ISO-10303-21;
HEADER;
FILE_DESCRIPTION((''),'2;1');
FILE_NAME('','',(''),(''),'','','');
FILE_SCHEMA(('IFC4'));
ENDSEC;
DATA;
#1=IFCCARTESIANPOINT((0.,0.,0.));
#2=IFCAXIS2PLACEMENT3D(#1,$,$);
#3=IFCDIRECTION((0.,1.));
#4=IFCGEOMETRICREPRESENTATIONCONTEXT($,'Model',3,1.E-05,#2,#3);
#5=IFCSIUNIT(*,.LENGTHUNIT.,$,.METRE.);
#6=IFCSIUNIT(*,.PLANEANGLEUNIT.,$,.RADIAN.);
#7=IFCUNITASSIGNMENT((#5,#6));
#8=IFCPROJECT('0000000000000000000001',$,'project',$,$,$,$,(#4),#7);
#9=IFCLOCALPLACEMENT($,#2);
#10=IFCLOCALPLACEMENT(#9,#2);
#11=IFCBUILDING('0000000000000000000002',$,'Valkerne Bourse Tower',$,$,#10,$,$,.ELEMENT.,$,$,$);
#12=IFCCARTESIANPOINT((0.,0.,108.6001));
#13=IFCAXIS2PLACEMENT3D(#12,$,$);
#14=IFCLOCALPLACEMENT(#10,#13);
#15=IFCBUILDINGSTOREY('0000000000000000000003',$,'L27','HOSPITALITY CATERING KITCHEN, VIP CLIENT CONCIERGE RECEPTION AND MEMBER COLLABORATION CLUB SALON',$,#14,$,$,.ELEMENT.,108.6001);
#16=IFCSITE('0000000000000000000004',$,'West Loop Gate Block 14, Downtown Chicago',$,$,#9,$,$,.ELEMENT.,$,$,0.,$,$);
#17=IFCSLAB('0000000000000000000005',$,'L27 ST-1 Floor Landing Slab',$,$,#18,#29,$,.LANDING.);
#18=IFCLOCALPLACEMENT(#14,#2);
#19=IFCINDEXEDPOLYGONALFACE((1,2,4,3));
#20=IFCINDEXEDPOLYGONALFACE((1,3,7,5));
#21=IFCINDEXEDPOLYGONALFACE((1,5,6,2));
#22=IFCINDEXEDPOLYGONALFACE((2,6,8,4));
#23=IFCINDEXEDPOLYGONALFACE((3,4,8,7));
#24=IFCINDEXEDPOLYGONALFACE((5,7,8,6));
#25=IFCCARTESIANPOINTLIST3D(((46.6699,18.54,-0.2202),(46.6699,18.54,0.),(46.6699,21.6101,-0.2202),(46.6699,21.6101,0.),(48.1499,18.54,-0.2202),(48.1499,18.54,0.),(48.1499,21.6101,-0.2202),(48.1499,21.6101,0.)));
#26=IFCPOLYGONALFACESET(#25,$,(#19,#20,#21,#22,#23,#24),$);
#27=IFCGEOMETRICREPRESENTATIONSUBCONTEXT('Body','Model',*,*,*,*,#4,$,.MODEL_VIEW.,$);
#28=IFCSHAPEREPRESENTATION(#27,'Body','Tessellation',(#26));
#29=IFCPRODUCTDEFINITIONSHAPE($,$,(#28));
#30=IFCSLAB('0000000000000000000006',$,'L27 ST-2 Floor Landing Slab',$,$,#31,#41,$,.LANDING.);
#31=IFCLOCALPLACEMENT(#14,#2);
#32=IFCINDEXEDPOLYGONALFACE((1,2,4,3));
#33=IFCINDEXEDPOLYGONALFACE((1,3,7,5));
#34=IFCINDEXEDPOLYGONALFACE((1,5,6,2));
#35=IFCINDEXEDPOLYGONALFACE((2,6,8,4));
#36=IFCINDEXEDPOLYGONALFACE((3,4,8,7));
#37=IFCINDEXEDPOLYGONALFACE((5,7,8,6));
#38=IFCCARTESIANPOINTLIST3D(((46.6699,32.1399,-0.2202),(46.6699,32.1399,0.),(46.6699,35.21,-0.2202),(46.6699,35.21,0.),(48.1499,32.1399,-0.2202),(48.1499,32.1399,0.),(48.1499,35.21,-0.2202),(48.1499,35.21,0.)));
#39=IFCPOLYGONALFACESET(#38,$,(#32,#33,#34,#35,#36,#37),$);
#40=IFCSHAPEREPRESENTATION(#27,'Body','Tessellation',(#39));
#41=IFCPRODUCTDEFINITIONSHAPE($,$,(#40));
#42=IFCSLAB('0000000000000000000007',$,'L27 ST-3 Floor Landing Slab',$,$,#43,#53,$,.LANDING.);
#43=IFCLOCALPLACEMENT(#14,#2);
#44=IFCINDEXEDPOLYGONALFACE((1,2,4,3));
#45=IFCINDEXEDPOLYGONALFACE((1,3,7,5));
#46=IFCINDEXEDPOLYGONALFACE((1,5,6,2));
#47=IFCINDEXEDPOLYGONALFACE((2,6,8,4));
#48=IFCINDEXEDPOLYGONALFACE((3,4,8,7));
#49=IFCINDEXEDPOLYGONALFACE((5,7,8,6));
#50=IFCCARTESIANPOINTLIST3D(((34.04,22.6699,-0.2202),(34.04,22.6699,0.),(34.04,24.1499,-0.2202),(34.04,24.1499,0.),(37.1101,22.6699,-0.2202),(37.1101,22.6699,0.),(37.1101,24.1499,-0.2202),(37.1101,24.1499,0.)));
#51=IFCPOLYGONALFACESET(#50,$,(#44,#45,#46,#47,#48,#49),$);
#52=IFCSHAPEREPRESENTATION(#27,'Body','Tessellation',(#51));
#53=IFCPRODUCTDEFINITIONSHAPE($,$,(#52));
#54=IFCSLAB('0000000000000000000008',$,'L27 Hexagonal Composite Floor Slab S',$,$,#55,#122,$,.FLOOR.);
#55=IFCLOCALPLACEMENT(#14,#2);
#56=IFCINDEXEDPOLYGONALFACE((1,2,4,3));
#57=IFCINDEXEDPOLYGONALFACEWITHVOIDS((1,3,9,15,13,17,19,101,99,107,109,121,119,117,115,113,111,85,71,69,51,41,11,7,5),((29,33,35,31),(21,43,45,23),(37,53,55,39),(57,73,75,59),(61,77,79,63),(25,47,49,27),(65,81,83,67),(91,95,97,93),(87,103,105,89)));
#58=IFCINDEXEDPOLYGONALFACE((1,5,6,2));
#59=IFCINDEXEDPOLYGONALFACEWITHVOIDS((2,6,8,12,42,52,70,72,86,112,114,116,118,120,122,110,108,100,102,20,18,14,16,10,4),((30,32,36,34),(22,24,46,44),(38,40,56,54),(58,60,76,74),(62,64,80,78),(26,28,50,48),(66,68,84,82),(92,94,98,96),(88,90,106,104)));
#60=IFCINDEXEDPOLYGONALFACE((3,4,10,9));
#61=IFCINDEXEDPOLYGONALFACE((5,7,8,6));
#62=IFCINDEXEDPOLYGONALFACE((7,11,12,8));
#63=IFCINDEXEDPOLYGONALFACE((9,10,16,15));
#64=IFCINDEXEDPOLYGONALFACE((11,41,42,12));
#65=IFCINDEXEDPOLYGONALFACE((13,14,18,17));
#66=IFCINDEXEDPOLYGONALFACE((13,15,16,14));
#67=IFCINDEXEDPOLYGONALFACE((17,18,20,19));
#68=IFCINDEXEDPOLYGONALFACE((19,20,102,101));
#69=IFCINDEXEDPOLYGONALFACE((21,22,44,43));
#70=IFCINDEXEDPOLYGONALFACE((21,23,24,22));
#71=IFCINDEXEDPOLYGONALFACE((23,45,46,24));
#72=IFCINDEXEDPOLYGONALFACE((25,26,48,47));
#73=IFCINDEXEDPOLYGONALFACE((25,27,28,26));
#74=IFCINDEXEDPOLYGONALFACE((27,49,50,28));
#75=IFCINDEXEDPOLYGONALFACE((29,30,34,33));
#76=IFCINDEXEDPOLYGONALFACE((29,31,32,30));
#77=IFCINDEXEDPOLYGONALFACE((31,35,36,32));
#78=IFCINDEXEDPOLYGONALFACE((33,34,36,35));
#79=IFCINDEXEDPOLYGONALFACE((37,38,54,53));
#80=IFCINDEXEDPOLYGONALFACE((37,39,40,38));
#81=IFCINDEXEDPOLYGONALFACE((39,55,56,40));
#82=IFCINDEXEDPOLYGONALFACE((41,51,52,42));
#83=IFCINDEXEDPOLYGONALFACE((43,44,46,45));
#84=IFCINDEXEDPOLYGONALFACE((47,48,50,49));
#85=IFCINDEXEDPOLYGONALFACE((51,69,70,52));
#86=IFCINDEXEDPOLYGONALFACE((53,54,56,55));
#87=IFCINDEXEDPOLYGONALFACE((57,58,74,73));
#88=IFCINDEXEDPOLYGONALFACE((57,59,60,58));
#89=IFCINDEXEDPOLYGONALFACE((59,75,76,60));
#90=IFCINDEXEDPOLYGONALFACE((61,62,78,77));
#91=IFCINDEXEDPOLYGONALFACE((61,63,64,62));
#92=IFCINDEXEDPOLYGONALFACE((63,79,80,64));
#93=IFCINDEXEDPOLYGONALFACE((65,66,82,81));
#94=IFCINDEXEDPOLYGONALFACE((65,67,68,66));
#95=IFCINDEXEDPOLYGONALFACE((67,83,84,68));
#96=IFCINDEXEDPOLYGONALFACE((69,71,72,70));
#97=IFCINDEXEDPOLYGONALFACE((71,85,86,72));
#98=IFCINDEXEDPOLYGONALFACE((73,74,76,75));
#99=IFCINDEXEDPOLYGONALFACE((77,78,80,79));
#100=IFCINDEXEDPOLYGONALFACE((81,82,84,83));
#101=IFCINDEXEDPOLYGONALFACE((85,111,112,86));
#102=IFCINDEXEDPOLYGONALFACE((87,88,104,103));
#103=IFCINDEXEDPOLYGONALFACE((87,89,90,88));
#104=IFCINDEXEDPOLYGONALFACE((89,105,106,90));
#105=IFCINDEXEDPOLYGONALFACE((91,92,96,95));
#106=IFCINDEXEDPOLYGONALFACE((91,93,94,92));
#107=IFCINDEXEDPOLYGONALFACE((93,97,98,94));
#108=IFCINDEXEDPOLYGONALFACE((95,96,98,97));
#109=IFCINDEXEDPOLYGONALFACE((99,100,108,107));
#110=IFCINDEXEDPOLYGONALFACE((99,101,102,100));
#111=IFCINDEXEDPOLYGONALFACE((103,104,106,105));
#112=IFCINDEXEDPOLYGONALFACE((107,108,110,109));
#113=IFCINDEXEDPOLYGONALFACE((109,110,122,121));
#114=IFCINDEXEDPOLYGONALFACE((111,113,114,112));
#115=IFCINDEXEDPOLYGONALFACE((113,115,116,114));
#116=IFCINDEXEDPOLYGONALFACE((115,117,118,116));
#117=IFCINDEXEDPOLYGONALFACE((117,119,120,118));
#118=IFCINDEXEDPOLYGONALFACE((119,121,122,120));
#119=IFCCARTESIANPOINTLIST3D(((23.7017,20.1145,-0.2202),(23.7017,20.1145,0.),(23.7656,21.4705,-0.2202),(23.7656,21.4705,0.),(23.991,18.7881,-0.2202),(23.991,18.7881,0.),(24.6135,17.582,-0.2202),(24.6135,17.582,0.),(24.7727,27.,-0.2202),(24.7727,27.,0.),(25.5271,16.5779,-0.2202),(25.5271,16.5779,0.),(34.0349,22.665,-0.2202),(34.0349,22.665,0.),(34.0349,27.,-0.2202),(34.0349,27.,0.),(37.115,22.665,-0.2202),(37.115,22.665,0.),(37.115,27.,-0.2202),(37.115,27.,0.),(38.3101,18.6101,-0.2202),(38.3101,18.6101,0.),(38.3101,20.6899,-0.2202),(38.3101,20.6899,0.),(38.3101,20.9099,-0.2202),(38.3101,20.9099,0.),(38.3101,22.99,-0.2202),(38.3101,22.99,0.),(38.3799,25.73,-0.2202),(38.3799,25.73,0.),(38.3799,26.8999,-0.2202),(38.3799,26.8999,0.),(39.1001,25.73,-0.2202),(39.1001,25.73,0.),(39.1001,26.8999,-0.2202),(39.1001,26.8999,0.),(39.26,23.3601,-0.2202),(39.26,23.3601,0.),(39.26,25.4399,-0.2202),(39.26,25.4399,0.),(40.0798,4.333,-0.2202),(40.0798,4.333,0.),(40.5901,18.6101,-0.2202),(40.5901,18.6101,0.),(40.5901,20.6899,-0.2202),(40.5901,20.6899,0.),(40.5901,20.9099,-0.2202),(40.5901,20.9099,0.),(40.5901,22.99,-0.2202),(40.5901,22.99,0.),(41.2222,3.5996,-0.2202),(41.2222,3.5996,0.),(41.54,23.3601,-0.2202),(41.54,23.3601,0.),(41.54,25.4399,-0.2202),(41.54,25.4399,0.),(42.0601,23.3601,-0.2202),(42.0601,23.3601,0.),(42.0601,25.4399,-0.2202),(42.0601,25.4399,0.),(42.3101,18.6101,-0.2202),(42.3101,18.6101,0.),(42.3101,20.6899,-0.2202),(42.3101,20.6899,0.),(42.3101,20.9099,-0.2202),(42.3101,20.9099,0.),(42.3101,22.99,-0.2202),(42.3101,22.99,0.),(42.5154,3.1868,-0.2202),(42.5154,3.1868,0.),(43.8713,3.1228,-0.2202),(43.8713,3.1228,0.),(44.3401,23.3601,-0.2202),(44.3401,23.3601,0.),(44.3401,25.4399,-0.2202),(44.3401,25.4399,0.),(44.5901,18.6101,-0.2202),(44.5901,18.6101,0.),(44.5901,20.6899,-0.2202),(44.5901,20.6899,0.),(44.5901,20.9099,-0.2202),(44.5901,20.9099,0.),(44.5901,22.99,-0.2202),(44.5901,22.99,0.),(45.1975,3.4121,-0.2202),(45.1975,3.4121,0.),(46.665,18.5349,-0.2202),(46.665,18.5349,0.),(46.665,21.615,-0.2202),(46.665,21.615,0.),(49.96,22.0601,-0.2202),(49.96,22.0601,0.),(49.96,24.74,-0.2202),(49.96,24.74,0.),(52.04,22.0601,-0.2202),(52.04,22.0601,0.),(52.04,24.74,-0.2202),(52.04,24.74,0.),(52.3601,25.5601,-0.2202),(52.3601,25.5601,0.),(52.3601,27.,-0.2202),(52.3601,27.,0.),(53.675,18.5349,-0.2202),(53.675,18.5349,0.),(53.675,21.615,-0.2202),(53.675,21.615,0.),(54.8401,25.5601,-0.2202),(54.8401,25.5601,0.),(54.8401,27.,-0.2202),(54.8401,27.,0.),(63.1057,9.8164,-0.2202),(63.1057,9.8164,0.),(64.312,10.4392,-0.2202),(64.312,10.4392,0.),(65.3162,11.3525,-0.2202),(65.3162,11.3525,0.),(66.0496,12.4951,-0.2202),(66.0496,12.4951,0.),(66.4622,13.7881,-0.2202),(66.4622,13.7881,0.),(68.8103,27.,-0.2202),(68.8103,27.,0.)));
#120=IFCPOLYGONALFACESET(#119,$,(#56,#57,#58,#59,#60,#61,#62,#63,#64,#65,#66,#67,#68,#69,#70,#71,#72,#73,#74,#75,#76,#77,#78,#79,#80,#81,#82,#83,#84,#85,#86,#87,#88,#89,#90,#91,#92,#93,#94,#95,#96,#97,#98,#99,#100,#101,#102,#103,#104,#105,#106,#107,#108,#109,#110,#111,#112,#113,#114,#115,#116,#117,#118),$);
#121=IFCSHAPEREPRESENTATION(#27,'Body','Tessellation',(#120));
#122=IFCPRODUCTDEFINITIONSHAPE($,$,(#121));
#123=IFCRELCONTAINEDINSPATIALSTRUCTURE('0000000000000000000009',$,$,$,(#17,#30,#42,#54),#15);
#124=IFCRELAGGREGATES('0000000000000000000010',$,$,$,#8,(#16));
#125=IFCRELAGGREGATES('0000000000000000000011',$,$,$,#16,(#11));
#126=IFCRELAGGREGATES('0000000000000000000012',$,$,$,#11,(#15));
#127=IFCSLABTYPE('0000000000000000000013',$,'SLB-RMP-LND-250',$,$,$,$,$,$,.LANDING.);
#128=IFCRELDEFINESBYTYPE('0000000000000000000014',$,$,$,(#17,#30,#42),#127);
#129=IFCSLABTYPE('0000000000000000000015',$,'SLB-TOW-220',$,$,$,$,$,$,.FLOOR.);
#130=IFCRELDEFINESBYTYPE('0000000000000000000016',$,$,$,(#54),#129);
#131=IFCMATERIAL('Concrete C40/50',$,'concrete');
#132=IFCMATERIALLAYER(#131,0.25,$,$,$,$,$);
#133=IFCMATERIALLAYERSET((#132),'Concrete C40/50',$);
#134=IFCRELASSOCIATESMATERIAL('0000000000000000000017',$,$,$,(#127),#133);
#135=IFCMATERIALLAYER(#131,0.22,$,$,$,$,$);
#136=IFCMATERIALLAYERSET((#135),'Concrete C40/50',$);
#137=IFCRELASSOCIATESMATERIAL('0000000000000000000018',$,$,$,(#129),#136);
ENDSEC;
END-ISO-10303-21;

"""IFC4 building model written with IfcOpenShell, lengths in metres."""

from ifc_helpers import new_model, si_unit, direction, frame, origin, place, context, subcontext, project, spatial, polyline, outline, extrude, material, layer, layer_set, type_object, element, save


model = new_model("IFC4")

# Units and contexts
model_context = context("Model", 3, precision=1e-05, world=origin(), true_north=direction((0.0, 1.0)))
body_context = subcontext(model_context, "Body", "Model", "MODEL_VIEW")
ifc_project = project(units=[si_unit("LENGTHUNIT", "METRE"), si_unit("PLANEANGLEUNIT", "RADIAN")], contexts=[model_context])

# Site, building, storey
site_placement = place(None, origin())
site = spatial("IfcSite", under=ifc_project, at=site_placement, Name="West Loop Gate Block 14, Downtown Chicago", CompositionType="ELEMENT", RefElevation=0.0)
building_placement = place(site_placement, origin())
building = spatial("IfcBuilding", under=site, at=building_placement, Name="Valkerne Bourse Tower", CompositionType="ELEMENT")
storey_placement = place(building_placement, frame((0.0, 0.0, 108.6001)))
storey = spatial("IfcBuildingStorey", under=building, at=storey_placement, Name="L27", Description="HOSPITALITY CATERING KITCHEN, VIP CLIENT CONCIERGE RECEPTION AND MEMBER COLLABORATION CLUB SALON", CompositionType="ELEMENT", Elevation=108.6001)

# Slabs
ifc_material_1 = material(Name="Concrete C40/50", Category="concrete")
ifc_layer_1 = layer(ifc_material_1, 0.25)
ifc_layer_set_1 = layer_set([ifc_layer_1], Name="Concrete C40/50")
slab_type_1 = type_object("IfcSlabType", Name="SLB-RMP-LND-250", PredefinedType="LANDING", material=ifc_layer_set_1)
slab_1_placement = place(storey_placement, frame((0.0, 0.0, -0.2202)))
element("IfcSlab", 1, at=slab_1_placement, inside=storey, type_object=slab_type_1, Name="L27 ST-1 Floor Landing Slab", PredefinedType="LANDING", context=body_context, shape_type="SweptSolid", body=[
    extrude(outline(polyline([(46.6699, 18.54), (48.1499, 18.54), (48.1499, 21.6101), (46.6699, 21.6101), (46.6699, 18.54)])), origin(), (0.0, 0.0, 1.0), 0.2202),
])
slab_2_placement = place(storey_placement, frame((0.0, 0.0, -0.2202)))
element("IfcSlab", 2, at=slab_2_placement, inside=storey, type_object=slab_type_1, Name="L27 ST-2 Floor Landing Slab", PredefinedType="LANDING", context=body_context, shape_type="SweptSolid", body=[
    extrude(outline(polyline([(46.6699, 32.1399), (48.1499, 32.1399), (48.1499, 35.21), (46.6699, 35.21), (46.6699, 32.1399)])), origin(), (0.0, 0.0, 1.0), 0.2202),
])
slab_3_placement = place(storey_placement, frame((0.0, 0.0, -0.2202)))
element("IfcSlab", 3, at=slab_3_placement, inside=storey, type_object=slab_type_1, Name="L27 ST-3 Floor Landing Slab", PredefinedType="LANDING", context=body_context, shape_type="SweptSolid", body=[
    extrude(outline(polyline([(37.1101, 22.6699), (37.1101, 24.1499), (34.04, 24.1499), (34.04, 22.6699), (37.1101, 22.6699)])), origin(), (0.0, 0.0, 1.0), 0.2202),
])
ifc_layer_2 = layer(ifc_material_1, 0.22)
ifc_layer_set_2 = layer_set([ifc_layer_2], Name="Concrete C40/50")
slab_type_2 = type_object("IfcSlabType", Name="SLB-TOW-220", PredefinedType="FLOOR", material=ifc_layer_set_2)
slab_4_placement = place(storey_placement, frame((0.0, 0.0, -0.2202)))
element("IfcSlab", 4, at=slab_4_placement, inside=storey, type_object=slab_type_2, Name="L27 Hexagonal Composite Floor Slab S", PredefinedType="FLOOR", context=body_context, shape_type="SweptSolid", body=[
    extrude(outline(polyline([(66.0496, 12.4951), (65.3162, 11.3525), (64.312, 10.4392), (63.1057, 9.8164), (45.1975, 3.4121), (43.8713, 3.1228), (42.5154, 3.1868), (41.2222, 3.5996), (40.0798, 4.333), (25.5271, 16.5779), (24.6135, 17.582), (23.991, 18.7881), (23.7017, 20.1145), (23.7656, 21.4705), (24.7727, 27.0), (34.0349, 27.0), (34.0349, 22.665), (37.115, 22.665), (37.115, 27.0), (52.3601, 27.0), (52.3601, 25.5601), (54.8401, 25.5601), (54.8401, 27.0), (68.8103, 27.0), (66.4622, 13.7881), (66.0496, 12.4951)]), holes=[polyline([(40.5901, 20.6899), (38.3101, 20.6899), (38.3101, 18.6101), (40.5901, 18.6101), (40.5901, 20.6899)]), polyline([(40.5901, 22.99), (38.3101, 22.99), (38.3101, 20.9099), (40.5901, 20.9099), (40.5901, 22.99)]), polyline([(41.54, 25.4399), (39.26, 25.4399), (39.26, 23.3601), (41.54, 23.3601), (41.54, 25.4399)]), polyline([(39.1001, 25.73), (39.1001, 26.8999), (38.3799, 26.8999), (38.3799, 25.73), (39.1001, 25.73)]), polyline([(44.5901, 20.6899), (42.3101, 20.6899), (42.3101, 18.6101), (44.5901, 18.6101), (44.5901, 20.6899)]), polyline([(53.675, 21.615), (46.665, 21.615), (46.665, 18.5349), (53.675, 18.5349), (53.675, 21.615)]), polyline([(44.5901, 22.99), (42.3101, 22.99), (42.3101, 20.9099), (44.5901, 20.9099), (44.5901, 22.99)]), polyline([(52.04, 22.0601), (52.04, 24.74), (49.96, 24.74), (49.96, 22.0601), (52.04, 22.0601)]), polyline([(44.3401, 23.3601), (44.3401, 25.4399), (42.0601, 25.4399), (42.0601, 23.3601), (44.3401, 23.3601)])]), origin(), (0.0, 0.0, 1.0), 0.2202),
])

save(model, "model.ifc")
